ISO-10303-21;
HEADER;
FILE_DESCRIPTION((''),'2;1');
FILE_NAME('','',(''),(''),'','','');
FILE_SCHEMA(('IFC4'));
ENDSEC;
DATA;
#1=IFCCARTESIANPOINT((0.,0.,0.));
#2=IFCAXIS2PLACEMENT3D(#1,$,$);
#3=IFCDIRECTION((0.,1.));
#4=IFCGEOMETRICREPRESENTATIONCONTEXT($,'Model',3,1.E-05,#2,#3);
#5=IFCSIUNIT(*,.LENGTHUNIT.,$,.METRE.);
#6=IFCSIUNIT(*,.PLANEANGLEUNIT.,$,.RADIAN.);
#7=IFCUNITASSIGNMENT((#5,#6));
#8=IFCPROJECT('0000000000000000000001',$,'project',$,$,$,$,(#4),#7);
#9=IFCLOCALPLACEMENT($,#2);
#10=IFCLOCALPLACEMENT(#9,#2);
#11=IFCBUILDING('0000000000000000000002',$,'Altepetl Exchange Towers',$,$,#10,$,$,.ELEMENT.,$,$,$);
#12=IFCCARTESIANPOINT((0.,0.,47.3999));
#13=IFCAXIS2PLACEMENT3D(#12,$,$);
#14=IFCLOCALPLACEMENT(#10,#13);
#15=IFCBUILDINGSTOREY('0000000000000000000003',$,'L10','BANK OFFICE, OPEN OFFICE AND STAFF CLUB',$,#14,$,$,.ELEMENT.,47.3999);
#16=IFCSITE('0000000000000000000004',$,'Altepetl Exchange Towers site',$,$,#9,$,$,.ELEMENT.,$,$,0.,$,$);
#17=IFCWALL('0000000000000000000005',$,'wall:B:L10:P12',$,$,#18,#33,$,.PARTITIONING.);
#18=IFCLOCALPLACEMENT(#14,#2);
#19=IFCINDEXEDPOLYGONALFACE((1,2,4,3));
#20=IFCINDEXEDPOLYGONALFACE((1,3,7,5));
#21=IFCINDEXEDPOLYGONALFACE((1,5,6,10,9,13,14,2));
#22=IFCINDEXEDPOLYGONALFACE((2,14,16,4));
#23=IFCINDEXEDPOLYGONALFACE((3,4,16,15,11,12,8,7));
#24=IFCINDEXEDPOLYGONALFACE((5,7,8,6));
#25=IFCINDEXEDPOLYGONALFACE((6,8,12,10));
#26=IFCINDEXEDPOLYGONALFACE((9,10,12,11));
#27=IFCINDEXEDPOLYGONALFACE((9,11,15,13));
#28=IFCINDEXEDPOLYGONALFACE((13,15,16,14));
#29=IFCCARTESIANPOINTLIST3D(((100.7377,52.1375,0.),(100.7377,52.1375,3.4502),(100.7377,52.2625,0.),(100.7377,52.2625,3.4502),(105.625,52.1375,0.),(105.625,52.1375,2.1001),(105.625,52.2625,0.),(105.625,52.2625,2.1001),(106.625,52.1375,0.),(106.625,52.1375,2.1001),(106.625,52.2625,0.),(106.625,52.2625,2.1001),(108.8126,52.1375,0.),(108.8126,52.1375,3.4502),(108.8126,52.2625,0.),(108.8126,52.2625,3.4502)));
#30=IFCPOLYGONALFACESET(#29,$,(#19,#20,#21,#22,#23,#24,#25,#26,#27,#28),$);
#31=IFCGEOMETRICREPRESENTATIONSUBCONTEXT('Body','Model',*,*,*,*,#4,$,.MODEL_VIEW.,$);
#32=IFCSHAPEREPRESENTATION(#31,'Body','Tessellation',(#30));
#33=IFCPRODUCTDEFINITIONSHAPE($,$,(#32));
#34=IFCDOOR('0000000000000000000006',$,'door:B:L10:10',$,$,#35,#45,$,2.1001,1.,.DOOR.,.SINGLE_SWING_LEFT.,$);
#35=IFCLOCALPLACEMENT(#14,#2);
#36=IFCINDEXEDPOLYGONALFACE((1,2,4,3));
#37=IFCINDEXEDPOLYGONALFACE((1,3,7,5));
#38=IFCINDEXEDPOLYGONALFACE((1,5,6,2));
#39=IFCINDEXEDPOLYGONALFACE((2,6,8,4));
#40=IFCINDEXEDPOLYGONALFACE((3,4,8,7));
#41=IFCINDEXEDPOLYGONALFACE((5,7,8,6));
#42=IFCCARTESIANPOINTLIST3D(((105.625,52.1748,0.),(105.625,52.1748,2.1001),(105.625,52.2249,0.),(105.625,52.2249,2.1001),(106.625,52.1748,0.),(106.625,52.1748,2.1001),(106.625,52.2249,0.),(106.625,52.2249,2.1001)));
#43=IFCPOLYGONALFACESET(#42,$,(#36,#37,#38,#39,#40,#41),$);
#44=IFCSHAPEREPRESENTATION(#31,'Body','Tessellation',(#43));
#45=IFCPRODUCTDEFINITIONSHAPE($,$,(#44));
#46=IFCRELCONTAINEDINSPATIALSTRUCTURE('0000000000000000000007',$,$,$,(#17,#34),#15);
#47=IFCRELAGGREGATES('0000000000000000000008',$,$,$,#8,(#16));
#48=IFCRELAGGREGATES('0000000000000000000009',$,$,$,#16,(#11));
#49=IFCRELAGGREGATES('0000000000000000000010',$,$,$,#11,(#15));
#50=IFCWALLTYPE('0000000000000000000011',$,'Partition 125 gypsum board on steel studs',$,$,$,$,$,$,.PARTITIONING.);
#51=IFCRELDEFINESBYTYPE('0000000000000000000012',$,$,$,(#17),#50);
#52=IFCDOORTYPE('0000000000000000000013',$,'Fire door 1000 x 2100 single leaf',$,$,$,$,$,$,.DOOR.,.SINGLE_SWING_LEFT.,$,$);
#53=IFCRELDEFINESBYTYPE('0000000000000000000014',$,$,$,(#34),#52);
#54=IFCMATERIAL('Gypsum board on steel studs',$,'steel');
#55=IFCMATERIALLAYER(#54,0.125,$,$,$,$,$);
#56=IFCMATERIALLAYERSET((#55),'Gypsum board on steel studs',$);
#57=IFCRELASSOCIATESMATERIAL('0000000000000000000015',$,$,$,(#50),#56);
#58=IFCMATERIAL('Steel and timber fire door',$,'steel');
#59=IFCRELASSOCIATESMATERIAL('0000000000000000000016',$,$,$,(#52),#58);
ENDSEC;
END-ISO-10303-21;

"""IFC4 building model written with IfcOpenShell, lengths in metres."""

from ifc_helpers import new_model, si_unit, direction, frame, frame_2d, origin, place, context, subcontext, project, spatial, rectangle, extrude, material, layer, layer_set, type_object, element, fill, save


model = new_model("IFC4")

# Units and contexts
model_context = context("Model", 3, precision=1e-05, world=origin(), true_north=direction((0.0, 1.0)))
body_context = subcontext(model_context, "Body", "Model", "MODEL_VIEW")
ifc_project = project(units=[si_unit("LENGTHUNIT", "METRE"), si_unit("PLANEANGLEUNIT", "RADIAN")], contexts=[model_context])

# Site, building, storey
site_placement = place(None, origin())
site = spatial("IfcSite", under=ifc_project, at=site_placement, Name="Altepetl Exchange Towers site", CompositionType="ELEMENT", RefElevation=0.0)
building_placement = place(site_placement, origin())
building = spatial("IfcBuilding", under=site, at=building_placement, Name="Altepetl Exchange Towers", CompositionType="ELEMENT")
storey_placement = place(building_placement, frame((0.0, 0.0, 47.3999)))
storey = spatial("IfcBuildingStorey", under=building, at=storey_placement, Name="L10", Description="BANK OFFICE, OPEN OFFICE AND STAFF CLUB", CompositionType="ELEMENT", Elevation=47.3999)

# Shared definitions
ifc_material_1 = material(Name="Gypsum board on steel studs", Category="steel")
ifc_layer_1 = layer(ifc_material_1, 0.125)
ifc_layer_set_1 = layer_set([ifc_layer_1], Name="Gypsum board on steel studs")
wall_type = type_object("IfcWallType", Name="Partition 125 gypsum board on steel studs", PredefinedType="PARTITIONING", material=ifc_layer_set_1)

# Wall, opening, door
wall_1_placement = place(storey_placement, frame((100.7375, 52.2, 0.0)))
wall_1 = element("IfcWall", 1, at=wall_1_placement, inside=storey, type_object=wall_type, Name="wall:B:L10:P12", PredefinedType="PARTITIONING", context=body_context, shape_type="SweptSolid", body=[
    extrude(rectangle(XDim=8.075, YDim=0.125, at=frame_2d((4.0376, 0.0))), origin(), (0.0, 0.0, 1.0), 3.4502),
])
opening_placement = place(wall_1_placement, frame((4.8875, 0.0, 0.0)))
opening = element("IfcOpeningElement", 2, at=opening_placement, cuts=wall_1, PredefinedType="OPENING", context=body_context, shape_type="SweptSolid", body=[
    extrude(rectangle(XDim=1.0, YDim=2.1001, at=frame_2d((0.5, 1.05))), frame((0.0, 0.0725, 0.0), z_axis=(0.0, -1.0, 0.0), x_axis=(1.0, 0.0, 0.0)), (0.0, 0.0, 1.0), 0.145),
])
ifc_material_2 = material(Name="Steel and timber fire door", Category="steel")
door_type = type_object("IfcDoorType", Name="Fire door 1000 x 2100 single leaf", OperationType="SINGLE_SWING_LEFT", PredefinedType="DOOR", material=ifc_material_2)
door_placement = place(opening_placement, origin())
door = element("IfcDoor", 3, at=door_placement, inside=storey, type_object=door_type, Name="door:B:L10:10", OperationType="SINGLE_SWING_LEFT", OverallHeight=2.1001, OverallWidth=1.0, PredefinedType="DOOR", context=body_context, shape_type="SweptSolid", body=[
    extrude(rectangle(XDim=1.0, YDim=2.1001, at=frame_2d((0.5, 1.05))), frame((0.0, 0.0249, 0.0), z_axis=(0.0, -1.0, 0.0), x_axis=(1.0, 0.0, 0.0)), (0.0, 0.0, 1.0), 0.05),
])
fill(opening, door)

save(model, "model.ifc")
